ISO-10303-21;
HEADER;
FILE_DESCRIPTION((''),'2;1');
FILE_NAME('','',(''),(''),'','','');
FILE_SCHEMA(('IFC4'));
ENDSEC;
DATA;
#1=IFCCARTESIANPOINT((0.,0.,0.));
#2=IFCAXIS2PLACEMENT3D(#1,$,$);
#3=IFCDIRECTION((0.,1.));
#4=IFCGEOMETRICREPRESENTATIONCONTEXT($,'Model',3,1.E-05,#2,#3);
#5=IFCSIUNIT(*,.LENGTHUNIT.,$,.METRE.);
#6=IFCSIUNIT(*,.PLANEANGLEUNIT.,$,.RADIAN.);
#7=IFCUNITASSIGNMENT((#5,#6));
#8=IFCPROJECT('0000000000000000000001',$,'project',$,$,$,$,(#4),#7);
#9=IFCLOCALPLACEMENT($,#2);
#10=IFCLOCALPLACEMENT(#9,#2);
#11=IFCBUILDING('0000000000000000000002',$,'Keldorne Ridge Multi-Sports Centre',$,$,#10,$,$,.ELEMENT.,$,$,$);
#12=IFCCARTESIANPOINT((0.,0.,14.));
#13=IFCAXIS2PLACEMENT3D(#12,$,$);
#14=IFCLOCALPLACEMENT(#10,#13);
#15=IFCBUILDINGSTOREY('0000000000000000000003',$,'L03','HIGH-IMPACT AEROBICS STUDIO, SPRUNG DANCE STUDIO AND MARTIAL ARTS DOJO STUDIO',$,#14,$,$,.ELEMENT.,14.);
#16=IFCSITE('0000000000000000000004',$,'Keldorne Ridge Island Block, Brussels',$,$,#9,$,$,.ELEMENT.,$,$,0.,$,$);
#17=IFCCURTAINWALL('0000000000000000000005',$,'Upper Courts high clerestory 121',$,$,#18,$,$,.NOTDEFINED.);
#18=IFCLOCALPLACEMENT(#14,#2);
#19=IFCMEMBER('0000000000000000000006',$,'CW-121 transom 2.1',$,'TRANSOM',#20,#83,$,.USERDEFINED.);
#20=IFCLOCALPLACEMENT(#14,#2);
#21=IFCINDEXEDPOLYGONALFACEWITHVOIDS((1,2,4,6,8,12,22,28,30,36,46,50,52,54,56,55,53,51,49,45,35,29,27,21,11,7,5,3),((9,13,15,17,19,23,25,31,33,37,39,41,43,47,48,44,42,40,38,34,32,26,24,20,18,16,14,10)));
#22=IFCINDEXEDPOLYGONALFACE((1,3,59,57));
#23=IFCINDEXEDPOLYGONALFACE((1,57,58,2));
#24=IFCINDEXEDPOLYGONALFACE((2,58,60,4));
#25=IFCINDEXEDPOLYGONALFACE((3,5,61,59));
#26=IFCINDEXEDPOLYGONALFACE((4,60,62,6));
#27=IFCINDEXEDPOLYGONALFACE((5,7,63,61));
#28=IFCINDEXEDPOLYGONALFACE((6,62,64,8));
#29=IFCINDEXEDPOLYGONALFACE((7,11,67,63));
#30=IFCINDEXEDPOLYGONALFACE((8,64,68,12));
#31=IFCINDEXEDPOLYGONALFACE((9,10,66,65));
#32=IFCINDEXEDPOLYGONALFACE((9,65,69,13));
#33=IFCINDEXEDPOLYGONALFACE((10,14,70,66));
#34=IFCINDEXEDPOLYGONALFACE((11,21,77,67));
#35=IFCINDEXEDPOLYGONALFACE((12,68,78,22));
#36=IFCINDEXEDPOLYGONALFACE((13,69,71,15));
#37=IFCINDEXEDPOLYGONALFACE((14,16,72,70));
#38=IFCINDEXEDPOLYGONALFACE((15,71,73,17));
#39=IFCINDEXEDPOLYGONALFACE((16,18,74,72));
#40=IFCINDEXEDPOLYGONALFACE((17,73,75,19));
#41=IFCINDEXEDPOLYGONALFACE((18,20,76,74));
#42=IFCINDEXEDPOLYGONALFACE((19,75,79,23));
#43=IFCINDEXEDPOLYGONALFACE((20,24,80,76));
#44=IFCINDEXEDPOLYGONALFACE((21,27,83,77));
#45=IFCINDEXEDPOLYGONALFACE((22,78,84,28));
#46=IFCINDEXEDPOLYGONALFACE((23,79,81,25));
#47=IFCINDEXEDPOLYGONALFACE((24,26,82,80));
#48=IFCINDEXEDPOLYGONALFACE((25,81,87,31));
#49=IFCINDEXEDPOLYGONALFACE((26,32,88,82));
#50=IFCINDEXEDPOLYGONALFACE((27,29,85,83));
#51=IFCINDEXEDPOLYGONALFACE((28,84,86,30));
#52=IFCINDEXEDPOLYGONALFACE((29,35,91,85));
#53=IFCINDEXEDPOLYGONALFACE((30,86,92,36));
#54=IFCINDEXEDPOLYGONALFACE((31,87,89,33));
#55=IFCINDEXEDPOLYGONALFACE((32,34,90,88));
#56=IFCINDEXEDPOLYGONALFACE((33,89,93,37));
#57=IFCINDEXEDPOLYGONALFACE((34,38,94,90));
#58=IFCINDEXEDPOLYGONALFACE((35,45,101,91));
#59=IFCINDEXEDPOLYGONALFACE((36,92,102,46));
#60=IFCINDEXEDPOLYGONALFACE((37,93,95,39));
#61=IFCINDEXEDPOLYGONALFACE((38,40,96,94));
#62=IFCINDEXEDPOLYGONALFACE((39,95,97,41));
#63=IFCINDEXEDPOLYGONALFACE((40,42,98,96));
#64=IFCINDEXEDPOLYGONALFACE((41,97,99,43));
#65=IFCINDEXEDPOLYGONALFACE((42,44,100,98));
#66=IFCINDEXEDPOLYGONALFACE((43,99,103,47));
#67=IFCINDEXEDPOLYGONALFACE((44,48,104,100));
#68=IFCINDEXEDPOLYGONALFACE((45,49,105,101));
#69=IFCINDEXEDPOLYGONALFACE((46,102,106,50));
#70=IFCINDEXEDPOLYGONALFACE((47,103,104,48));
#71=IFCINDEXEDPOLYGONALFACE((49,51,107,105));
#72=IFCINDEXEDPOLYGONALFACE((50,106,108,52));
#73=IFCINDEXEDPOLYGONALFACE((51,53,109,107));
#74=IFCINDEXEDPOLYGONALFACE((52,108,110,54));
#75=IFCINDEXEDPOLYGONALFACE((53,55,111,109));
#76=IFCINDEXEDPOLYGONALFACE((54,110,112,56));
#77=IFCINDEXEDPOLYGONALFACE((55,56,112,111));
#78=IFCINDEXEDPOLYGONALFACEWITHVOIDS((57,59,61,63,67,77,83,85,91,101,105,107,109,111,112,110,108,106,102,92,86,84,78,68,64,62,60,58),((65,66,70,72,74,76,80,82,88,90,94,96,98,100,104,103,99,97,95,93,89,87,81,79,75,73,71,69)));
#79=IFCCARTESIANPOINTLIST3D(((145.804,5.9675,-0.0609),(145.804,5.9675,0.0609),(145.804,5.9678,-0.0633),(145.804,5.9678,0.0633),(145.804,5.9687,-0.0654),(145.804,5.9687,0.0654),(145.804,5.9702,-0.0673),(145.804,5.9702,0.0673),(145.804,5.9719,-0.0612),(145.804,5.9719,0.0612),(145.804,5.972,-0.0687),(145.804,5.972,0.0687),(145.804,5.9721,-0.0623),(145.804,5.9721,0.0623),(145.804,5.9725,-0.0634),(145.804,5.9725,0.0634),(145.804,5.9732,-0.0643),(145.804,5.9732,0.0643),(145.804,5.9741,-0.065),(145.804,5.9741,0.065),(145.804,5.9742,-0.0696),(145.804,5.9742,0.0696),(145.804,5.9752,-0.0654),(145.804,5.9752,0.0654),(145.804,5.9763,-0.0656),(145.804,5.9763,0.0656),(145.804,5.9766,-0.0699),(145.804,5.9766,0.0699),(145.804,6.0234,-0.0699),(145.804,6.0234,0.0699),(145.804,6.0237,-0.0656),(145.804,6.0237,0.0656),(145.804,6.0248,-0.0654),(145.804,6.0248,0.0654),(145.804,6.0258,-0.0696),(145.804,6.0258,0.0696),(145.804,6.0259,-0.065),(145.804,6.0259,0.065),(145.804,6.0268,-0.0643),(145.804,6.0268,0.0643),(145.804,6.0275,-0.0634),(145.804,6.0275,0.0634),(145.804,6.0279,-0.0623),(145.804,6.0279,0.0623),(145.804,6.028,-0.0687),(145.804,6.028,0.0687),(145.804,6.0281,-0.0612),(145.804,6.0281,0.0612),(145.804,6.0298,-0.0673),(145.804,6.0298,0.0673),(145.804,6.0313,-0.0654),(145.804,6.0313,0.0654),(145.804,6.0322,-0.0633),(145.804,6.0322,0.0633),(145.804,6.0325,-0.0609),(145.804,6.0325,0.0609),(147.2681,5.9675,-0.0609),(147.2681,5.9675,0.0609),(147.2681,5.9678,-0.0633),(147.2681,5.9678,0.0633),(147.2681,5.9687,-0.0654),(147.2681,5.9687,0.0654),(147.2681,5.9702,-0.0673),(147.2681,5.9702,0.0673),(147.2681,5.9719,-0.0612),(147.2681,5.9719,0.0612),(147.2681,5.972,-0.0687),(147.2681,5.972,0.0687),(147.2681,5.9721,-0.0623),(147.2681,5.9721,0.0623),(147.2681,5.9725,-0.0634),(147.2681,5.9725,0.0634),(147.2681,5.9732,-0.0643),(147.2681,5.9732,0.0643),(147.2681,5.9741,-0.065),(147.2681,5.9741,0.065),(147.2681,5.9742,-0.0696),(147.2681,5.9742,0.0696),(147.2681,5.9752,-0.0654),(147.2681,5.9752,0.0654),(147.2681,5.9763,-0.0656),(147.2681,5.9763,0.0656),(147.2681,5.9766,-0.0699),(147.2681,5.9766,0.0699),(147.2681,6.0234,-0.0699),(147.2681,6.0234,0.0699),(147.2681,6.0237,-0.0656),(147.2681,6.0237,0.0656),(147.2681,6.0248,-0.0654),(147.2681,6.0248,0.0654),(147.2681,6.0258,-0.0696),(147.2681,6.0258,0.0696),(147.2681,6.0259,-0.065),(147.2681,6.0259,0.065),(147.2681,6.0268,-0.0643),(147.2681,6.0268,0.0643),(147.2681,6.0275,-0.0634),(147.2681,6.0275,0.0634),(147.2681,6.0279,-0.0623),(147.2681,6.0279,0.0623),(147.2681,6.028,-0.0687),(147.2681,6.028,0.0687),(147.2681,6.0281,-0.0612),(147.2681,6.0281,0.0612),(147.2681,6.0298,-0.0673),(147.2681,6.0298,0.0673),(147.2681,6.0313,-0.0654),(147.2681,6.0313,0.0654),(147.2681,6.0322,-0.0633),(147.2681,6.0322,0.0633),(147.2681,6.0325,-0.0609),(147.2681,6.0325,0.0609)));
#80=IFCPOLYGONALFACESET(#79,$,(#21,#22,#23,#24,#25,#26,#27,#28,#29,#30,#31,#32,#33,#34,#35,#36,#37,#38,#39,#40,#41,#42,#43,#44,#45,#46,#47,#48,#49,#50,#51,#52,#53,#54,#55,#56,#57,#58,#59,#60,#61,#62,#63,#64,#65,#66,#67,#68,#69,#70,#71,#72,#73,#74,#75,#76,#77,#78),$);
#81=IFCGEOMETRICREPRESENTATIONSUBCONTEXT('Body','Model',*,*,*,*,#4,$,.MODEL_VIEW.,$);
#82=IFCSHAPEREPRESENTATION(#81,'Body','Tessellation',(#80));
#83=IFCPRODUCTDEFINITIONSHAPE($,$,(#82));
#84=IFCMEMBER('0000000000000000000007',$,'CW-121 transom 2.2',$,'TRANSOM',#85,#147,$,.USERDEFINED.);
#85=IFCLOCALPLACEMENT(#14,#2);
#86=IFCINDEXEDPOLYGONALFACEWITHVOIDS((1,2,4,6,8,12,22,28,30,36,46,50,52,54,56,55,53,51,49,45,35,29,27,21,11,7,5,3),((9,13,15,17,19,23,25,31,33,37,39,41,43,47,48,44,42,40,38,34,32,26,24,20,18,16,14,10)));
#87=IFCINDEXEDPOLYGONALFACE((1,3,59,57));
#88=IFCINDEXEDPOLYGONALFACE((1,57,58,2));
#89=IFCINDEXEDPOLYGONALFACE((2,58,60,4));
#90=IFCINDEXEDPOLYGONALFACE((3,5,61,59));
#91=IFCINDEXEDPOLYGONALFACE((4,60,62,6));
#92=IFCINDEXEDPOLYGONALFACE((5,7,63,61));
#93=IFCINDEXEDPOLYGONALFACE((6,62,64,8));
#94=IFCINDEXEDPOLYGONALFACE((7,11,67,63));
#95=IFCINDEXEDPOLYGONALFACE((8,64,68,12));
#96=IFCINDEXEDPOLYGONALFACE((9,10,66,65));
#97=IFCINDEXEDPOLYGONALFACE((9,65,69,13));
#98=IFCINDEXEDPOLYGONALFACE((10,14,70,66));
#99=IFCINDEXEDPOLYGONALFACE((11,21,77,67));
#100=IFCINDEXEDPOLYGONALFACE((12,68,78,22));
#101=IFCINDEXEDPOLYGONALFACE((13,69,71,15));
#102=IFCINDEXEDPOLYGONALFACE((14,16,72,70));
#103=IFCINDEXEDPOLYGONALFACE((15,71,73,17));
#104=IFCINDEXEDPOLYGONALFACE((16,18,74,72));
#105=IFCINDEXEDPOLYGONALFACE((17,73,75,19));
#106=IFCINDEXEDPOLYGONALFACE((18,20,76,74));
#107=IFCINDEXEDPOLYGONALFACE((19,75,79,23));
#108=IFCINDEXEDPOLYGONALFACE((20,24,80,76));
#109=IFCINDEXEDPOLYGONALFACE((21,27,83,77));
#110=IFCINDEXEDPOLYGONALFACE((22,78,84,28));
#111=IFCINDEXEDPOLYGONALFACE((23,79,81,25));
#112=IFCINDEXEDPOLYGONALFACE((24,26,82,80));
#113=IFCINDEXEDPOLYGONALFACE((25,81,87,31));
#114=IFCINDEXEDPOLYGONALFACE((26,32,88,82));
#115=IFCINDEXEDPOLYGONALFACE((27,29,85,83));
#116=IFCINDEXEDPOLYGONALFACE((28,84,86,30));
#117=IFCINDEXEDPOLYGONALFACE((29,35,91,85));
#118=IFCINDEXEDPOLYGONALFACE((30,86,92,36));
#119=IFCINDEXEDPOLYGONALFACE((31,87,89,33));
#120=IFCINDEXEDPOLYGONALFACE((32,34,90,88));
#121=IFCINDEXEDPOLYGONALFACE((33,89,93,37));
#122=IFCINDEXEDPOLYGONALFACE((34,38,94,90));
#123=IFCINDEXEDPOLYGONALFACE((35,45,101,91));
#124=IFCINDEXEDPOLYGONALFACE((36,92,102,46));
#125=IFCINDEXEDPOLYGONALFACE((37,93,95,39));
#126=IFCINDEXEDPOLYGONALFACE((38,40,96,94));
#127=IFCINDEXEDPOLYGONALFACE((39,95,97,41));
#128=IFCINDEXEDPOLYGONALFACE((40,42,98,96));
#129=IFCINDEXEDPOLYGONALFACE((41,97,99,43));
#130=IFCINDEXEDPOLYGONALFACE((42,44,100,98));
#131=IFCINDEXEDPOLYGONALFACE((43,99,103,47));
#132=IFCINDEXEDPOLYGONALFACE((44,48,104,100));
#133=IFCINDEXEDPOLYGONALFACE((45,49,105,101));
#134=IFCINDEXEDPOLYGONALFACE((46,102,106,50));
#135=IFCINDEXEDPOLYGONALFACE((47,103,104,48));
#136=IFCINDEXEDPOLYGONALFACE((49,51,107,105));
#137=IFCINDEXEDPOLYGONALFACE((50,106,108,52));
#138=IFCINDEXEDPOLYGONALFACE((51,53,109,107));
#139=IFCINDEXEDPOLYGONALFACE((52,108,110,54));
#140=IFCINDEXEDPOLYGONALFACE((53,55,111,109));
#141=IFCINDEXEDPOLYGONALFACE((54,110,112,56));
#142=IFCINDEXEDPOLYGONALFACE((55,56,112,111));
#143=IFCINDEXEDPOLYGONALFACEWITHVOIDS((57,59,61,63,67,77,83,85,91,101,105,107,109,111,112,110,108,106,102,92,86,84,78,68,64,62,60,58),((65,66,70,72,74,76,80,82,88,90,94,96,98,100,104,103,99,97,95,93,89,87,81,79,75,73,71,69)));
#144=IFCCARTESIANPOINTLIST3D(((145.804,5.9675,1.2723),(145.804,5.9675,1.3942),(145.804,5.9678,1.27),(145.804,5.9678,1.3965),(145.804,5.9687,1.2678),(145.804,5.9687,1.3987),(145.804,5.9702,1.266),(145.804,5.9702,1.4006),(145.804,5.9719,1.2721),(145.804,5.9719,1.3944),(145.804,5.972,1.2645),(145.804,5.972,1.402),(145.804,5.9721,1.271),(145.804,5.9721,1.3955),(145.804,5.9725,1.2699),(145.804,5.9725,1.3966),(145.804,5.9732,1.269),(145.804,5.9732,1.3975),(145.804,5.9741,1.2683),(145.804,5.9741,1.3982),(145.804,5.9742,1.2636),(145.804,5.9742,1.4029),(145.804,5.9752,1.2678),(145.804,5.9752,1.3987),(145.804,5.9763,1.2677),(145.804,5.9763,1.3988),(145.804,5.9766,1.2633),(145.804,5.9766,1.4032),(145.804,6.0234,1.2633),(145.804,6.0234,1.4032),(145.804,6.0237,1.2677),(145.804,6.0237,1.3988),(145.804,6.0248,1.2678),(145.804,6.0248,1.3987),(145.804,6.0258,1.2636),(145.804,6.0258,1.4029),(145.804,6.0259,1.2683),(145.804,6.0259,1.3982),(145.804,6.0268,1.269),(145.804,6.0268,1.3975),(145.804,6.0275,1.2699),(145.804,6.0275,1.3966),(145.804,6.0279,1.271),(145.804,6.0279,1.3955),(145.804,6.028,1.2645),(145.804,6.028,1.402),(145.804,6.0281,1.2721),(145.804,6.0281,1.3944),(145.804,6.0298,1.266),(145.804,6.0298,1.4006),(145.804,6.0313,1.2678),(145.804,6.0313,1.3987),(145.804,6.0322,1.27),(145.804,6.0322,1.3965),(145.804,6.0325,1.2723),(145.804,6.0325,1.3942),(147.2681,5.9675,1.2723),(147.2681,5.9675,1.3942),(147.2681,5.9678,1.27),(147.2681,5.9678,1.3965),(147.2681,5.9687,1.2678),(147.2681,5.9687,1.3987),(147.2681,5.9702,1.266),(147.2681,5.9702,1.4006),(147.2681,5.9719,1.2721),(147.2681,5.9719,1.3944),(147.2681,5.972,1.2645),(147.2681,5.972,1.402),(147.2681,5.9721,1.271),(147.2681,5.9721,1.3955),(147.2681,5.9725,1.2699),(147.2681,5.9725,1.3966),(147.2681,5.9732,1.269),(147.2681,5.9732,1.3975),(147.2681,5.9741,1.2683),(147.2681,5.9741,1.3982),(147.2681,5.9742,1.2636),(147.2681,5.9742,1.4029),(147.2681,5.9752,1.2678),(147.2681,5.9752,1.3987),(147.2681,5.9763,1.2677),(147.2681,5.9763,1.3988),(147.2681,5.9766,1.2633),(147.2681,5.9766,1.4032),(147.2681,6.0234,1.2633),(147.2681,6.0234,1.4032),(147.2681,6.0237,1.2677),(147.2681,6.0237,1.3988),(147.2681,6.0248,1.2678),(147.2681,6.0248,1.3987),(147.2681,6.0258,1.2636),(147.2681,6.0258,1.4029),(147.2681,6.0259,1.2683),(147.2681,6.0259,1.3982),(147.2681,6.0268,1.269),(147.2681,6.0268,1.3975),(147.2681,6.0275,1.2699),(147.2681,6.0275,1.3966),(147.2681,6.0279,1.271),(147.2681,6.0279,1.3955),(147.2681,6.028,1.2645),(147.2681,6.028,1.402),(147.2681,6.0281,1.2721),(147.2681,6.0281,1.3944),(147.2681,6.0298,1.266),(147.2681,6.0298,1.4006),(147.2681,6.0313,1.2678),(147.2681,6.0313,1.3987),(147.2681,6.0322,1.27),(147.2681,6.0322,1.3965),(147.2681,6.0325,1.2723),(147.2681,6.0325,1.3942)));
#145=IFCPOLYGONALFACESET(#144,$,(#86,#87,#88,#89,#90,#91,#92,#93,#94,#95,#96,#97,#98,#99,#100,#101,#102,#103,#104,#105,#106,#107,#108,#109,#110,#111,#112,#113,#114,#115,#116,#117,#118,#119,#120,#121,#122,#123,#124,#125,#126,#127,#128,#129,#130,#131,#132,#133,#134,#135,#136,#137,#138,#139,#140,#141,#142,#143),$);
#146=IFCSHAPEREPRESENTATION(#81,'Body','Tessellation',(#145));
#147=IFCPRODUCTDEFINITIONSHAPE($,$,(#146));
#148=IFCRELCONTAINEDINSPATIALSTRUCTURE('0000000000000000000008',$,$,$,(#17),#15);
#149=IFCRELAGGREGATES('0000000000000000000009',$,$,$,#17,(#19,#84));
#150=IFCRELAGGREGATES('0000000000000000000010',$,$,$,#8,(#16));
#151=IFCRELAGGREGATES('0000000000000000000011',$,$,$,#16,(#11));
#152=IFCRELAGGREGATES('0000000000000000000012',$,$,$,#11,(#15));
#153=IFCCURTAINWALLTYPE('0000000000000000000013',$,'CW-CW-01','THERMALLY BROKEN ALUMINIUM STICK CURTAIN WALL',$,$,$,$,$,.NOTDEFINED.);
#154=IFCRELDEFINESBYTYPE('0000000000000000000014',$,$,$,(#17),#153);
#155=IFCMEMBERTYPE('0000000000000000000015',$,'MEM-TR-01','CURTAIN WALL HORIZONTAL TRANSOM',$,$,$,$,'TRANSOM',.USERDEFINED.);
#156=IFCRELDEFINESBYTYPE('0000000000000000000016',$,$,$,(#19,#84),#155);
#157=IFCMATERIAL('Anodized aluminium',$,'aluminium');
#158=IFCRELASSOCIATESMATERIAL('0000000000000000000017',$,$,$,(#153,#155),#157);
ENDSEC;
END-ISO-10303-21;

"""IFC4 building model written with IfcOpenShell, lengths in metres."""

from ifc_helpers import new_model, si_unit, direction, frame, origin, origin_2d, place, context, subcontext, project, spatial, hollow_rectangle, extrude, material, material_profile, profile_set, type_object, element, aggregate, save


model = new_model("IFC4")

# Units and contexts
model_context = context("Model", 3, precision=1e-05, world=origin(), true_north=direction((0.0, 1.0)))
body_context = subcontext(model_context, "Body", "Model", "MODEL_VIEW")
ifc_project = project(units=[si_unit("LENGTHUNIT", "METRE"), si_unit("PLANEANGLEUNIT", "RADIAN")], contexts=[model_context])

# Site, building, storey
site_placement = place(None, origin())
site = spatial("IfcSite", under=ifc_project, at=site_placement, Name="Keldorne Ridge Island Block, Brussels", CompositionType="ELEMENT", RefElevation=0.0)
building_placement = place(site_placement, origin())
building = spatial("IfcBuilding", under=site, at=building_placement, Name="Keldorne Ridge Multi-Sports Centre", CompositionType="ELEMENT")
storey_placement = place(building_placement, frame((0.0, 0.0, 14.0)))
storey = spatial("IfcBuildingStorey", under=building, at=storey_placement, Name="L03", Description="HIGH-IMPACT AEROBICS STUDIO, SPRUNG DANCE STUDIO AND MARTIAL ARTS DOJO STUDIO", CompositionType="ELEMENT", Elevation=14.0)

# Curtain wall
ifc_material_1 = material(Name="Anodized aluminium", Category="aluminium")
curtain_wall_type = type_object("IfcCurtainWallType", Name="CW-CW-01", Description="THERMALLY BROKEN ALUMINIUM STICK CURTAIN WALL", PredefinedType="NOTDEFINED", material=ifc_material_1)
curtain_wall_placement = place(storey_placement, origin())
curtain_wall = element("IfcCurtainWall", 1, at=curtain_wall_placement, inside=storey, type_object=curtain_wall_type, Name="Upper Courts high clerestory 121", PredefinedType="NOTDEFINED")

# Members
ifc_material_profile_1 = material_profile(ifc_material_1, hollow_rectangle(XDim=0.0649, YDim=0.1399, WallThickness=0.0044, InnerFilletRadius=0.0044, OuterFilletRadius=0.009, at=origin_2d()), Name="ALU TRANSOM 140x65x4.5")
ifc_profile_set_1 = profile_set([ifc_material_profile_1], Name="Anodized aluminium")
member_type_1 = type_object("IfcMemberType", Name="MEM-TR-01", Description="CURTAIN WALL HORIZONTAL TRANSOM", ElementType="TRANSOM", PredefinedType="USERDEFINED", material=ifc_profile_set_1)
member_1_placement = place(storey_placement, frame((145.804, 6.0, 0.0), z_axis=(1.0, 0.0, 0.0), x_axis=(0.0, 1.0, 0.0)))
member_1 = element("IfcMember", 2, at=member_1_placement, type_object=member_type_1, Name="CW-121 transom 2.1", ObjectType="TRANSOM", PredefinedType="USERDEFINED", context=body_context, shape_type="SweptSolid", body=[
    extrude(hollow_rectangle(XDim=0.0649, YDim=0.1399, WallThickness=0.0044, InnerFilletRadius=0.0044, OuterFilletRadius=0.009, at=origin_2d()), origin(), (0.0, 0.0, 1.0), 1.4641),
])
member_2_placement = place(storey_placement, frame((145.804, 6.0, 1.3333), z_axis=(1.0, 0.0, 0.0), x_axis=(0.0, 1.0, 0.0)))
member_2 = element("IfcMember", 3, at=member_2_placement, type_object=member_type_1, Name="CW-121 transom 2.2", ObjectType="TRANSOM", PredefinedType="USERDEFINED", context=body_context, shape_type="SweptSolid", body=[
    extrude(hollow_rectangle(XDim=0.0649, YDim=0.1399, WallThickness=0.0044, InnerFilletRadius=0.0044, OuterFilletRadius=0.009, at=origin_2d()), origin(), (0.0, 0.0, 1.0), 1.4641),
])

aggregate(curtain_wall, [member_1, member_2])

save(model, "model.ifc")
